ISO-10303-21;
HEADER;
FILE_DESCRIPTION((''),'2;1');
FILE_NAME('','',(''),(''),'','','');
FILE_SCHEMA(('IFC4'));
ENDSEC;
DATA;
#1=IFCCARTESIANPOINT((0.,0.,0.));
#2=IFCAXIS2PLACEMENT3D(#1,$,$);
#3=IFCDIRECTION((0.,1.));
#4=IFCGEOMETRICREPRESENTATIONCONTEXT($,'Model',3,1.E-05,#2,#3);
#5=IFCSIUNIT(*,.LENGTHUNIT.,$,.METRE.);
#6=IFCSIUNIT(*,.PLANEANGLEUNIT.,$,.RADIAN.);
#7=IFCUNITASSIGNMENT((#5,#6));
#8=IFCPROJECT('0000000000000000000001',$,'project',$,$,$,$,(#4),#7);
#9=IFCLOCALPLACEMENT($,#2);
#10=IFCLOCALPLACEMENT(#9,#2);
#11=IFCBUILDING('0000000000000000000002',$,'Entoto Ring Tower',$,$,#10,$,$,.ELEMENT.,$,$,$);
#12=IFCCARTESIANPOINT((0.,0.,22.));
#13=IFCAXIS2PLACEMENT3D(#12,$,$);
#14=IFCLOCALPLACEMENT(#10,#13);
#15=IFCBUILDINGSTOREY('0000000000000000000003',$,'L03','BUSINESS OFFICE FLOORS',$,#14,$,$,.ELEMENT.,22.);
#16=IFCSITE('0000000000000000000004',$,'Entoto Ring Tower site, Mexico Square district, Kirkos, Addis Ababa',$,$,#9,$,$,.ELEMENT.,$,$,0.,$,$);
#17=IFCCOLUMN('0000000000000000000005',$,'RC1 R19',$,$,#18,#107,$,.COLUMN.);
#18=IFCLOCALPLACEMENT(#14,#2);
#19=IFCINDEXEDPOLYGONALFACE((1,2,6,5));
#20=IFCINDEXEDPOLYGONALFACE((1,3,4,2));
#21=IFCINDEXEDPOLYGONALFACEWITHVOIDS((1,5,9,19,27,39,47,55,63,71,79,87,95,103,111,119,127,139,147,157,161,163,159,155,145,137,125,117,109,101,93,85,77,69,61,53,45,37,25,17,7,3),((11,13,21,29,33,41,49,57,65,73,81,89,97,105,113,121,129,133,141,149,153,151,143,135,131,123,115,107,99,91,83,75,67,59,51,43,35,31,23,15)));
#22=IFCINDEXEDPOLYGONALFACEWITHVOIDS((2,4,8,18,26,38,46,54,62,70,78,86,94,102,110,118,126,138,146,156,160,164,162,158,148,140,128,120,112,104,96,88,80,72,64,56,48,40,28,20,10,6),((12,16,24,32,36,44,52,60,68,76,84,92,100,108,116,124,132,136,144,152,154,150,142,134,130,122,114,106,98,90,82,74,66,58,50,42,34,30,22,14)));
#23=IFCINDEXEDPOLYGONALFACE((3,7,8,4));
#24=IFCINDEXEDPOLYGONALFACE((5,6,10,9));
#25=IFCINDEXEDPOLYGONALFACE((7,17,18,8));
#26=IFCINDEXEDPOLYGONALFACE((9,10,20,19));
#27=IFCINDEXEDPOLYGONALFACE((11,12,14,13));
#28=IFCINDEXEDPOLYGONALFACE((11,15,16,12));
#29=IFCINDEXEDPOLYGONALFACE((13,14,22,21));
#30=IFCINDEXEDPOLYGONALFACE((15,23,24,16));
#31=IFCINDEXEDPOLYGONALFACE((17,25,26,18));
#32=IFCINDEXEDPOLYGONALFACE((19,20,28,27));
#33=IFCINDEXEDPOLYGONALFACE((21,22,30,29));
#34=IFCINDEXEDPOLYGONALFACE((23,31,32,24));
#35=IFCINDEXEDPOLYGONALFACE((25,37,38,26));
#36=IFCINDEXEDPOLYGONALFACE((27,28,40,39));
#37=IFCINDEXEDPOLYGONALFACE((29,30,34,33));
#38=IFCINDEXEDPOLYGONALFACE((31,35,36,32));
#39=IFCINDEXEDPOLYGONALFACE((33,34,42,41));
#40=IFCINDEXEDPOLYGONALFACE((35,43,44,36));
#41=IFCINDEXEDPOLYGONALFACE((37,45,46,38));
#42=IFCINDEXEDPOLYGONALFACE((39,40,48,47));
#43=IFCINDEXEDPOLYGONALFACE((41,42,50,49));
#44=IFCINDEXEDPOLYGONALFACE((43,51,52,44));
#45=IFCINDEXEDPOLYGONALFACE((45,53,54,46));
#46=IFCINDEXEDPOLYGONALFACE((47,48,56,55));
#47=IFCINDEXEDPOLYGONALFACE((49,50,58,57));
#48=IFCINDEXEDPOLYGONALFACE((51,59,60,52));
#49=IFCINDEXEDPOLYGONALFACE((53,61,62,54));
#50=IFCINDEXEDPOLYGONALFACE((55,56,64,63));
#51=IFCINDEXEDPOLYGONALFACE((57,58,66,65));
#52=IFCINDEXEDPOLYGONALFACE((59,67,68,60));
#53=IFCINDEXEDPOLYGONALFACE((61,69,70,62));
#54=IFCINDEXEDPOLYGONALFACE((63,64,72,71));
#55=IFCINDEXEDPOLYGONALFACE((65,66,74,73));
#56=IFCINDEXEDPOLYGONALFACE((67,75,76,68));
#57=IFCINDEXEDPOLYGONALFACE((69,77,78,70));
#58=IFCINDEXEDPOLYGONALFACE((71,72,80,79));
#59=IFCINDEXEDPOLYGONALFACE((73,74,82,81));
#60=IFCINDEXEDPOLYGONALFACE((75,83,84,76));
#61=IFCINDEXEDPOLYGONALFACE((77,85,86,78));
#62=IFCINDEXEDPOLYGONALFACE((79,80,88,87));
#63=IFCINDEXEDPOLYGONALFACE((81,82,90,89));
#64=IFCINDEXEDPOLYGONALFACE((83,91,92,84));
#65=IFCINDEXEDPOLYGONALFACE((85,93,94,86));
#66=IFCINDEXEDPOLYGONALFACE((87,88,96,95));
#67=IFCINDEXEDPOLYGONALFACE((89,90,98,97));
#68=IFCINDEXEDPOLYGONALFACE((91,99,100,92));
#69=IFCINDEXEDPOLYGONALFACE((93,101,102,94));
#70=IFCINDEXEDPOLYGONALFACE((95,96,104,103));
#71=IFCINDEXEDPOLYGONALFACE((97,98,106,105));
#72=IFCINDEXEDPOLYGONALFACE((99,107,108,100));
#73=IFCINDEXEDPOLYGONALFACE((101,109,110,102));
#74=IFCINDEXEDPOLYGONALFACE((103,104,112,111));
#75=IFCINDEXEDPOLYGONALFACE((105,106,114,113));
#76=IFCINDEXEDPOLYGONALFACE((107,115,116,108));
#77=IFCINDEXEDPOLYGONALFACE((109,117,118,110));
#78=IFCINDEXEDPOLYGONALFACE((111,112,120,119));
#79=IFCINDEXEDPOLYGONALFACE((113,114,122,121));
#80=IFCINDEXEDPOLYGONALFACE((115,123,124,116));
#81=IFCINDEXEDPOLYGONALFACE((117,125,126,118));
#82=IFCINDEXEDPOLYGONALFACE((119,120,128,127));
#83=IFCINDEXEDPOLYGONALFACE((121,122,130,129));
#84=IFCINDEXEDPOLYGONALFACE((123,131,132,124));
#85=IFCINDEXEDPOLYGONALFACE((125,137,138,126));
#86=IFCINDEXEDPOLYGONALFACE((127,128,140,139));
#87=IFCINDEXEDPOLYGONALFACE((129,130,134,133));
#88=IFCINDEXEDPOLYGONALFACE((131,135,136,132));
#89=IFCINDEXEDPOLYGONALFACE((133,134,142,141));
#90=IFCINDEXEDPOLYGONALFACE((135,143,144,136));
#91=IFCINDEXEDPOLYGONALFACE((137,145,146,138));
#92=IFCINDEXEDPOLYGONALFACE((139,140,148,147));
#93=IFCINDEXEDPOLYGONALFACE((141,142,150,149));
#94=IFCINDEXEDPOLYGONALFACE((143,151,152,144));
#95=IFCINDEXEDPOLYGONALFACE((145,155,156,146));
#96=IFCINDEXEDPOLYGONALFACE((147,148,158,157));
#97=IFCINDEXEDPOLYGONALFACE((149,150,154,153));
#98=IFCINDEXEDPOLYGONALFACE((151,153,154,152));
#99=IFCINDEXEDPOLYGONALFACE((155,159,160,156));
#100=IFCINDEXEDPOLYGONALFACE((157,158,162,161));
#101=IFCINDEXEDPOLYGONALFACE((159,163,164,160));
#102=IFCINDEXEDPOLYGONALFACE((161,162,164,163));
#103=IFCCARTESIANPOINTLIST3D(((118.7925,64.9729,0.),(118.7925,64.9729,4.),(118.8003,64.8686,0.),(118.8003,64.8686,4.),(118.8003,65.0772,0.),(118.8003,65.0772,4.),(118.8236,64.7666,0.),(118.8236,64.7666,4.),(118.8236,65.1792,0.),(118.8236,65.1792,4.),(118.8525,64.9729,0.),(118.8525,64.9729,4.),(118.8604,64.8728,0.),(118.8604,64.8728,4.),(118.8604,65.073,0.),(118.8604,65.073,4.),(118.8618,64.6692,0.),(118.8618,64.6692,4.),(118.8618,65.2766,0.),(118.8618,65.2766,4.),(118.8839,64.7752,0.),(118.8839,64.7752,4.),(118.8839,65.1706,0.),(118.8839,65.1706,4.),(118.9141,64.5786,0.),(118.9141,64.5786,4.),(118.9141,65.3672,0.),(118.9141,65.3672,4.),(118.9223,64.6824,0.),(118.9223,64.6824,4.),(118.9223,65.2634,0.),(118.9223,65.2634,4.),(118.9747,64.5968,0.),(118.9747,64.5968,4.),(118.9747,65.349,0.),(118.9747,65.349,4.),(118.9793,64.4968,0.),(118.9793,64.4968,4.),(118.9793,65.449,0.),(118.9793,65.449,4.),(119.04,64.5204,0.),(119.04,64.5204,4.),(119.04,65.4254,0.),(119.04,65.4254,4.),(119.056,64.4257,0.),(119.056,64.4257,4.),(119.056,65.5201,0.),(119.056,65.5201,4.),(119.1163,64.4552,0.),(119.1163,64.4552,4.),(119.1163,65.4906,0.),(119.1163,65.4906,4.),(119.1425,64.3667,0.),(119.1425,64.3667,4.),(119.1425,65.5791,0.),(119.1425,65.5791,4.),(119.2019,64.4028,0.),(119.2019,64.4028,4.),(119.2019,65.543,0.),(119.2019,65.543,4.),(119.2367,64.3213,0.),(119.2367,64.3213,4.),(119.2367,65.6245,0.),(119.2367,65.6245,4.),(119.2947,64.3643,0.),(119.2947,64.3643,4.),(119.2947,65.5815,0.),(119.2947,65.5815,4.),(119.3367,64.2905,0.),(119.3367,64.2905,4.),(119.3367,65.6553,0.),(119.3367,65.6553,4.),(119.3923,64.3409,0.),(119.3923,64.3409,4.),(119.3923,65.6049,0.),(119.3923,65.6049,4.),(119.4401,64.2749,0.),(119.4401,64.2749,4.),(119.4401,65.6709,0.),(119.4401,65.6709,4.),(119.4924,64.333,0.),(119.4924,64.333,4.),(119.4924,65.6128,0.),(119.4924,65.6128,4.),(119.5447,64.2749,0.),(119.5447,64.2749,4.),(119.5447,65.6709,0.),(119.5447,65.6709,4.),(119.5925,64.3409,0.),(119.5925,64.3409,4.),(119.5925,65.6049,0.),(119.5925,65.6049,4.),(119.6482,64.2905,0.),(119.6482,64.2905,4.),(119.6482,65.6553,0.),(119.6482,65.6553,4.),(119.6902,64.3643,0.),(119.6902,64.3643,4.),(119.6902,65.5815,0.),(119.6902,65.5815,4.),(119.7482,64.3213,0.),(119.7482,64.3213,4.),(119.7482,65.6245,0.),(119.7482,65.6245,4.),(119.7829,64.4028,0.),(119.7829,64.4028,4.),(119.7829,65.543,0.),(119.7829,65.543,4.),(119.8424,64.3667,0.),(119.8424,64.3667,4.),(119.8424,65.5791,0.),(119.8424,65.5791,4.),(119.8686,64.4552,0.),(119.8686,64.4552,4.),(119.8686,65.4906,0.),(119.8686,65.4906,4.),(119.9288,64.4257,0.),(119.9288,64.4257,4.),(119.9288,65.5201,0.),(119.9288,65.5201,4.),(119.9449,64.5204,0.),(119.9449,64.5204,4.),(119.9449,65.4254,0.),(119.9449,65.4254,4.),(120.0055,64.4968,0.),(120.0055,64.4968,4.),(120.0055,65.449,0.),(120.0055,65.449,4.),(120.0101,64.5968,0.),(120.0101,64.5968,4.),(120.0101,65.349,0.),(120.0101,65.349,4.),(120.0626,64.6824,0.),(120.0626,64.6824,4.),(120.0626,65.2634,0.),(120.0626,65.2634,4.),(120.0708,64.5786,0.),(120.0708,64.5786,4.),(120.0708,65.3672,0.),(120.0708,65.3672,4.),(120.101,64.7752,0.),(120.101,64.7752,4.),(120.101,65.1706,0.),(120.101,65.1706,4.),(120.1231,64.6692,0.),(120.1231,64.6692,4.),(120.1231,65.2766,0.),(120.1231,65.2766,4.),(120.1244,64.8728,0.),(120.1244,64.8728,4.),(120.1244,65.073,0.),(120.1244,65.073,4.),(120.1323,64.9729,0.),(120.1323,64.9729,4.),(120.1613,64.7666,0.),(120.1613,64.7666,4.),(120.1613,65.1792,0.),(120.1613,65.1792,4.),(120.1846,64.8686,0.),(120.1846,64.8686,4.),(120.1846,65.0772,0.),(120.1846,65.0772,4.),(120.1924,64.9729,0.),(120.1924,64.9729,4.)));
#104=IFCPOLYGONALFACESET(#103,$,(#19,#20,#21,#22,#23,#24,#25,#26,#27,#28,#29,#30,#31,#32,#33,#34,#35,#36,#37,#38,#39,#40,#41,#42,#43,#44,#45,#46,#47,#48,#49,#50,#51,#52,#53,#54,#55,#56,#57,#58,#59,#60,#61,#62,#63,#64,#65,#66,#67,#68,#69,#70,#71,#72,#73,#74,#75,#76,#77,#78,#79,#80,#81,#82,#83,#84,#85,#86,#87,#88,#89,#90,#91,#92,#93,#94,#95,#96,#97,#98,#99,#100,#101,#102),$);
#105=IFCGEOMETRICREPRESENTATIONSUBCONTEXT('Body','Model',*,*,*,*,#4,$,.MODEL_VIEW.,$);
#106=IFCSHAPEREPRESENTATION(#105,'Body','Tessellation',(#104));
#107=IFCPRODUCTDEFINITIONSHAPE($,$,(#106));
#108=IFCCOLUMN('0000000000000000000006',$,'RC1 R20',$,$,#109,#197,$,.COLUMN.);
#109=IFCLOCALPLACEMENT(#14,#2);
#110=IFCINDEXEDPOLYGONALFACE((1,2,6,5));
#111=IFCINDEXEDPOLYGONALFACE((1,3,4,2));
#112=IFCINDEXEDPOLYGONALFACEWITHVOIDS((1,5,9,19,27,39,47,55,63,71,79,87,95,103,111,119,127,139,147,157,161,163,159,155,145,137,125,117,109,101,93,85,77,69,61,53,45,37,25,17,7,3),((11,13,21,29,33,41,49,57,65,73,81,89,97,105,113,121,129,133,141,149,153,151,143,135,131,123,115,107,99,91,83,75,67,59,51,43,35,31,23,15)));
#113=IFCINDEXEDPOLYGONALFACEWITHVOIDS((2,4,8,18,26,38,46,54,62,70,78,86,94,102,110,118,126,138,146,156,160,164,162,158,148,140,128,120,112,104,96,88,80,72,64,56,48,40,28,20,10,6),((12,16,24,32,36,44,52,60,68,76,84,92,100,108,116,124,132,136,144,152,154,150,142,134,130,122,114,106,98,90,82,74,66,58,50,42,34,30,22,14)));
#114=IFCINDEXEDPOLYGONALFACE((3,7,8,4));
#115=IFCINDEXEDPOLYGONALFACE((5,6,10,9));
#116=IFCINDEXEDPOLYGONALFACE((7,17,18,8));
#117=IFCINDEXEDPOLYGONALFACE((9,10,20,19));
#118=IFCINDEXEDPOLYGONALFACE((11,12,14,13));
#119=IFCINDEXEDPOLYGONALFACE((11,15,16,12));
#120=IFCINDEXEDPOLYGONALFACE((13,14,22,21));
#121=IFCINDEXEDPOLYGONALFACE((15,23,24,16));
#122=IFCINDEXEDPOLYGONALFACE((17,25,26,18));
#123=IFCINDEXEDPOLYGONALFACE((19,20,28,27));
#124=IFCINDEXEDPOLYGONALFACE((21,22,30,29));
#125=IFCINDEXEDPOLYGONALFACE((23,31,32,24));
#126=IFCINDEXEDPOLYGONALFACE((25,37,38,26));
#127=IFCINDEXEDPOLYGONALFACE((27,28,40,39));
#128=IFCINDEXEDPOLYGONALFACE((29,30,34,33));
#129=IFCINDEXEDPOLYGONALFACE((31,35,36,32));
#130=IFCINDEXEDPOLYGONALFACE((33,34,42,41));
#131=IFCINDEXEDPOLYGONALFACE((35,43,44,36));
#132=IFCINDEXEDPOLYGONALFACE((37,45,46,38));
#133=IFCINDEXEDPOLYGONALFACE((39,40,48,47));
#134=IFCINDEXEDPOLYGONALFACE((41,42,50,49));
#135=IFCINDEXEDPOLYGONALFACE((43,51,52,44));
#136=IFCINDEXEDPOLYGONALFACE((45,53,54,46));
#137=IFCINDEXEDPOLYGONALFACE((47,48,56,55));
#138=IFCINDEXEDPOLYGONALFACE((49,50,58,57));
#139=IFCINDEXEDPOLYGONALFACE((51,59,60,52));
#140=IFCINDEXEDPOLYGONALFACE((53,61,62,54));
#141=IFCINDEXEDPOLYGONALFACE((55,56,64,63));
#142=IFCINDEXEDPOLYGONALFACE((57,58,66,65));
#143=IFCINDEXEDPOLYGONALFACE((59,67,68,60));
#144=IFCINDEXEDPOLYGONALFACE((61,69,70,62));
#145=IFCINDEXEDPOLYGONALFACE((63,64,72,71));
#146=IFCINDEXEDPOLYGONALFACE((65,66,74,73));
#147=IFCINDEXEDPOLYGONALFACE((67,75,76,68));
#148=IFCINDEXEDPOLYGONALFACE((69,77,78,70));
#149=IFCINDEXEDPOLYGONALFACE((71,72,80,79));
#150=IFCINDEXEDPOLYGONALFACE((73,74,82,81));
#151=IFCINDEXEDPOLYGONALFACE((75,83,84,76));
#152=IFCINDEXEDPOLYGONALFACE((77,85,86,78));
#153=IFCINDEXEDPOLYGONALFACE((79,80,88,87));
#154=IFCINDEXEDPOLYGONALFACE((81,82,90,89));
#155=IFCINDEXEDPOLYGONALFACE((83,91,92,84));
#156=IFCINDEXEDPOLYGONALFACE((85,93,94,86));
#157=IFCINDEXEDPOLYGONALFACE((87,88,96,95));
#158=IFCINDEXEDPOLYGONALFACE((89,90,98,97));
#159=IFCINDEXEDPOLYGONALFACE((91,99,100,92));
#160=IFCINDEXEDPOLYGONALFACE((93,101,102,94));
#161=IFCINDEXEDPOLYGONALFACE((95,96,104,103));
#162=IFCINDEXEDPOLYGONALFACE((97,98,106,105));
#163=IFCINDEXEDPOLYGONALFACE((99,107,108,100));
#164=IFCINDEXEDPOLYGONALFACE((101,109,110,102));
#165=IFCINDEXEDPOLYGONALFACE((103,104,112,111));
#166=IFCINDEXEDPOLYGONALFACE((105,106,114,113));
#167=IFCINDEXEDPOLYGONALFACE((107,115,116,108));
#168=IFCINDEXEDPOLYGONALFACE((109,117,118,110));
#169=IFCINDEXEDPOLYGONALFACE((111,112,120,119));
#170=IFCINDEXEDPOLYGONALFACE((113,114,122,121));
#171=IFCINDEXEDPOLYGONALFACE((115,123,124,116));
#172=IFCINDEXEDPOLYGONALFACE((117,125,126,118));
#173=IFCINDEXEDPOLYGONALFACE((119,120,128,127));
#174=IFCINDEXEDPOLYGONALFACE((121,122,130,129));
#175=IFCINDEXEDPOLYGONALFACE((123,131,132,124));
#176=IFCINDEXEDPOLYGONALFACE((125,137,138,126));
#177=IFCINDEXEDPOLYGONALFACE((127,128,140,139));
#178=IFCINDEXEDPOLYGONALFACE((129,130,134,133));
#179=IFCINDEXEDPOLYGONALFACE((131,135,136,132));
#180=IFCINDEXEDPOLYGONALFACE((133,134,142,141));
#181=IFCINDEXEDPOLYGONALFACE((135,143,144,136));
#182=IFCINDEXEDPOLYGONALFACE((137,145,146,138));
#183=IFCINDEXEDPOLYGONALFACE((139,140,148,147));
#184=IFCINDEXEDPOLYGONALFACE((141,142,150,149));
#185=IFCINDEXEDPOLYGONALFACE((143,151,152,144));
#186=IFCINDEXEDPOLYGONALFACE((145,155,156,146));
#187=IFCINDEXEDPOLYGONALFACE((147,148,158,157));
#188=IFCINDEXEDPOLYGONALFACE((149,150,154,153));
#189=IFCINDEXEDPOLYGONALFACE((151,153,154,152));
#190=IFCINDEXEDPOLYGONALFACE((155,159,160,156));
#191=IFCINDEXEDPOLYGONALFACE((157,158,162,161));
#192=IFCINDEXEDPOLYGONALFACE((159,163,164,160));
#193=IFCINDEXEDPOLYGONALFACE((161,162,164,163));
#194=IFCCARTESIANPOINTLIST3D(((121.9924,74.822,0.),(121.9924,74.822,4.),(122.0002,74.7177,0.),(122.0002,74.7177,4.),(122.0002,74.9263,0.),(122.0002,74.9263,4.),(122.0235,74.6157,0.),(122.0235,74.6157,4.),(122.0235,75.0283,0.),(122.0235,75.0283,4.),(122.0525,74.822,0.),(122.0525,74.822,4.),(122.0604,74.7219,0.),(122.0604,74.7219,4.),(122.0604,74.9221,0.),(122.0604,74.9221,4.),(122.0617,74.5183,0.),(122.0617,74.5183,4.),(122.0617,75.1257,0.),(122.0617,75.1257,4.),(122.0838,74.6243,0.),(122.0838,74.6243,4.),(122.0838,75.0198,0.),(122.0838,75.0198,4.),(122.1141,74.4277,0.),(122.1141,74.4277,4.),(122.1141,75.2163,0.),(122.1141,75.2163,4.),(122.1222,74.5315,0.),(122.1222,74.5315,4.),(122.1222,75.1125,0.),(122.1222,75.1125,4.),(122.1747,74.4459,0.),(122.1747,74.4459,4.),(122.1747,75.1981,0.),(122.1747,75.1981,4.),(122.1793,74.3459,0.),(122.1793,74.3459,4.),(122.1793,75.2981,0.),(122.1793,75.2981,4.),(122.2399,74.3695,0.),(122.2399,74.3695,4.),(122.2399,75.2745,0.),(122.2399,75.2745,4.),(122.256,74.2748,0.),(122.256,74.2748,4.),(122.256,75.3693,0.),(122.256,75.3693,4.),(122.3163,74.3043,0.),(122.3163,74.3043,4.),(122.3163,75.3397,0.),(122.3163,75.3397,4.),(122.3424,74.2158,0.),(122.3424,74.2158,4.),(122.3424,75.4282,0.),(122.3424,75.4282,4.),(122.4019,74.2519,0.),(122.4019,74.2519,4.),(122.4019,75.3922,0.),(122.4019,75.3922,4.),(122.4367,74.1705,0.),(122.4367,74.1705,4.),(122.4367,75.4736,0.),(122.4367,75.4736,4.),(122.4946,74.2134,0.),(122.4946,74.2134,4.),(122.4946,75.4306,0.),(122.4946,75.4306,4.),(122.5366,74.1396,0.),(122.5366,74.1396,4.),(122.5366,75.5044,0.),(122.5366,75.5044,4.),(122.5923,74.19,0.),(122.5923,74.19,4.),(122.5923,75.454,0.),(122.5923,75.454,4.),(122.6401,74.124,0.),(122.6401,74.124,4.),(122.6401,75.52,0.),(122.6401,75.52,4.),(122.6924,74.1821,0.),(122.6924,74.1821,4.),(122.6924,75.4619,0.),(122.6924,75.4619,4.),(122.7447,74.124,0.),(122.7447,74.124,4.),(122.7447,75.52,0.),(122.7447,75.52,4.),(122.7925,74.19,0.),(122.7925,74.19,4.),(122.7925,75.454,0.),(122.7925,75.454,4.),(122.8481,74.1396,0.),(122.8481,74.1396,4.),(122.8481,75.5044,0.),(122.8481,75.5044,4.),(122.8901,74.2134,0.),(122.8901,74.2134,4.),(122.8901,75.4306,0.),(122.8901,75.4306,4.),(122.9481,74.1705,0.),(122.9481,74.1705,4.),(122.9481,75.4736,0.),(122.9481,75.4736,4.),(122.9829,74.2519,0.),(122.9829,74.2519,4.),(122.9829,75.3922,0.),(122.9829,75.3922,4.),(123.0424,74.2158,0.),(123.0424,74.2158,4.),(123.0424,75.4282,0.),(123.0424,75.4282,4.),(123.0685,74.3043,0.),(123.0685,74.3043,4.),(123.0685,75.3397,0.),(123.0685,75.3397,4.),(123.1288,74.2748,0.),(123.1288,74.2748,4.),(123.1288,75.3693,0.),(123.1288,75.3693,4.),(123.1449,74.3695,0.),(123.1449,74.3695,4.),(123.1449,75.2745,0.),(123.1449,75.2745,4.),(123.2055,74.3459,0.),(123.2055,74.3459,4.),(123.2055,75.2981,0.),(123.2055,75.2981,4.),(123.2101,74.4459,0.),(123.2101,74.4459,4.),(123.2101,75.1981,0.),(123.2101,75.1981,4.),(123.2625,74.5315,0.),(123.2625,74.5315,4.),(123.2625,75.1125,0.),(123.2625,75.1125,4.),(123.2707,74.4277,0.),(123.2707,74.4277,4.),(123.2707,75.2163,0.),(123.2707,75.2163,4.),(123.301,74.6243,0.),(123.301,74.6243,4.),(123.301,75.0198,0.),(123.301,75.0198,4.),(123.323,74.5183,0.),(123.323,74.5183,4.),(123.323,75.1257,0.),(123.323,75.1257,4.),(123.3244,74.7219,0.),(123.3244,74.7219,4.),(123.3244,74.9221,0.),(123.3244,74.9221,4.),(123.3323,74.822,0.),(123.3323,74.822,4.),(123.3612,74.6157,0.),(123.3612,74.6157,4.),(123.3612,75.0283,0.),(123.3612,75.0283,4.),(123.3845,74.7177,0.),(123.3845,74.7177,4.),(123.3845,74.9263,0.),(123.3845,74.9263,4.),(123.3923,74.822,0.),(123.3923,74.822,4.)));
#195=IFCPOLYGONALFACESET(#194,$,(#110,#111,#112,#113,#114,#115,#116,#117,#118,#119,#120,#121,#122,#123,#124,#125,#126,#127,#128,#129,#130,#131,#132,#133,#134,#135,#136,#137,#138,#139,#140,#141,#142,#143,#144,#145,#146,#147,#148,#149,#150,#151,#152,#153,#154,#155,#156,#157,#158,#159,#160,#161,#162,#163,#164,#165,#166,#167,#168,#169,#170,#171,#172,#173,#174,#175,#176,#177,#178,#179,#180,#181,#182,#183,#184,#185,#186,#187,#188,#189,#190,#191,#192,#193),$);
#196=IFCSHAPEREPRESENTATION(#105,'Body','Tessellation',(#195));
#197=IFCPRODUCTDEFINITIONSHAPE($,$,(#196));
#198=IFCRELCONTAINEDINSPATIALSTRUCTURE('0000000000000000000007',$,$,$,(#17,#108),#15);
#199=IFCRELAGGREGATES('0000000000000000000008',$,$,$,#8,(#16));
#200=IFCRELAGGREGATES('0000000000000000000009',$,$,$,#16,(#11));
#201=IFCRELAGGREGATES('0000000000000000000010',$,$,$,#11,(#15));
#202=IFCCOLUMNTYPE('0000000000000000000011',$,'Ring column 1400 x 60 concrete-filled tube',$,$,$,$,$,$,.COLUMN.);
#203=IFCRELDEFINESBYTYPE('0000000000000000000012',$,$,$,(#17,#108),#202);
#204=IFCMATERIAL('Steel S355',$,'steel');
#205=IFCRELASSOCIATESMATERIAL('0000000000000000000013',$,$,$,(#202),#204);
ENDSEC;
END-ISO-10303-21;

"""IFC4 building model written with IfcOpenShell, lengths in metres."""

from ifc_helpers import new_model, si_unit, direction, frame, origin, origin_2d, place, context, subcontext, project, spatial, circle, hollow_circle, extrude, material, material_profile, profile_set, type_object, element, save


model = new_model("IFC4")

# Units and contexts
model_context = context("Model", 3, precision=1e-05, world=origin(), true_north=direction((0.0, 1.0)))
body_context = subcontext(model_context, "Body", "Model", "MODEL_VIEW")
ifc_project = project(units=[si_unit("LENGTHUNIT", "METRE"), si_unit("PLANEANGLEUNIT", "RADIAN")], contexts=[model_context])

# Site, building, storey
site_placement = place(None, origin())
site = spatial("IfcSite", under=ifc_project, at=site_placement, Name="Entoto Ring Tower site, Mexico Square district, Kirkos, Addis Ababa", CompositionType="ELEMENT", RefElevation=0.0)
building_placement = place(site_placement, origin())
building = spatial("IfcBuilding", under=site, at=building_placement, Name="Entoto Ring Tower", CompositionType="ELEMENT")
storey_placement = place(building_placement, frame((0.0, 0.0, 22.0)))
storey = spatial("IfcBuildingStorey", under=building, at=storey_placement, Name="L03", Description="BUSINESS OFFICE FLOORS", CompositionType="ELEMENT", Elevation=22.0)

# Columns
ifc_material_1 = material(Name="Steel S355", Category="steel")
ifc_material_profile_1 = material_profile(ifc_material_1, hollow_circle(Radius=0.7, WallThickness=0.0601, at=origin_2d()), Name="CHS 1400 x 60")
ifc_material_2 = material(Name="Concrete C60/75", Category="concrete")
ifc_material_profile_2 = material_profile(ifc_material_2, circle(Radius=0.6399, at=origin_2d()), Name="Concrete C60/75 infill")
ifc_profile_set_1 = profile_set([ifc_material_profile_1, ifc_material_profile_2], Name="Steel S355")
column_type = type_object("IfcColumnType", Name="Ring column 1400 x 60 concrete-filled tube", PredefinedType="COLUMN", material=ifc_profile_set_1)
for number, where, z_axis, x_axis, name in (
    (1, (119.4924, 64.9729, 0.0), (0.0, 0.0, 1.0), (1.0, 0.0, 0.0), "RC1 R19"),
    (2, (122.6924, 74.822, 0.0), (0.0, 0.0, 1.0), (1.0, 0.0, 0.0), "RC1 R20"),
):
    element("IfcColumn", number, at=place(storey_placement, frame(where, z_axis=z_axis, x_axis=x_axis)), inside=storey, type_object=column_type, Name=name, PredefinedType="COLUMN", context=body_context, shape_type="SweptSolid", body=[
        extrude(hollow_circle(Radius=0.7, WallThickness=0.0601, at=origin_2d()), origin(), (0.0, 0.0, 1.0), 4.0),
    ])

save(model, "model.ifc")
